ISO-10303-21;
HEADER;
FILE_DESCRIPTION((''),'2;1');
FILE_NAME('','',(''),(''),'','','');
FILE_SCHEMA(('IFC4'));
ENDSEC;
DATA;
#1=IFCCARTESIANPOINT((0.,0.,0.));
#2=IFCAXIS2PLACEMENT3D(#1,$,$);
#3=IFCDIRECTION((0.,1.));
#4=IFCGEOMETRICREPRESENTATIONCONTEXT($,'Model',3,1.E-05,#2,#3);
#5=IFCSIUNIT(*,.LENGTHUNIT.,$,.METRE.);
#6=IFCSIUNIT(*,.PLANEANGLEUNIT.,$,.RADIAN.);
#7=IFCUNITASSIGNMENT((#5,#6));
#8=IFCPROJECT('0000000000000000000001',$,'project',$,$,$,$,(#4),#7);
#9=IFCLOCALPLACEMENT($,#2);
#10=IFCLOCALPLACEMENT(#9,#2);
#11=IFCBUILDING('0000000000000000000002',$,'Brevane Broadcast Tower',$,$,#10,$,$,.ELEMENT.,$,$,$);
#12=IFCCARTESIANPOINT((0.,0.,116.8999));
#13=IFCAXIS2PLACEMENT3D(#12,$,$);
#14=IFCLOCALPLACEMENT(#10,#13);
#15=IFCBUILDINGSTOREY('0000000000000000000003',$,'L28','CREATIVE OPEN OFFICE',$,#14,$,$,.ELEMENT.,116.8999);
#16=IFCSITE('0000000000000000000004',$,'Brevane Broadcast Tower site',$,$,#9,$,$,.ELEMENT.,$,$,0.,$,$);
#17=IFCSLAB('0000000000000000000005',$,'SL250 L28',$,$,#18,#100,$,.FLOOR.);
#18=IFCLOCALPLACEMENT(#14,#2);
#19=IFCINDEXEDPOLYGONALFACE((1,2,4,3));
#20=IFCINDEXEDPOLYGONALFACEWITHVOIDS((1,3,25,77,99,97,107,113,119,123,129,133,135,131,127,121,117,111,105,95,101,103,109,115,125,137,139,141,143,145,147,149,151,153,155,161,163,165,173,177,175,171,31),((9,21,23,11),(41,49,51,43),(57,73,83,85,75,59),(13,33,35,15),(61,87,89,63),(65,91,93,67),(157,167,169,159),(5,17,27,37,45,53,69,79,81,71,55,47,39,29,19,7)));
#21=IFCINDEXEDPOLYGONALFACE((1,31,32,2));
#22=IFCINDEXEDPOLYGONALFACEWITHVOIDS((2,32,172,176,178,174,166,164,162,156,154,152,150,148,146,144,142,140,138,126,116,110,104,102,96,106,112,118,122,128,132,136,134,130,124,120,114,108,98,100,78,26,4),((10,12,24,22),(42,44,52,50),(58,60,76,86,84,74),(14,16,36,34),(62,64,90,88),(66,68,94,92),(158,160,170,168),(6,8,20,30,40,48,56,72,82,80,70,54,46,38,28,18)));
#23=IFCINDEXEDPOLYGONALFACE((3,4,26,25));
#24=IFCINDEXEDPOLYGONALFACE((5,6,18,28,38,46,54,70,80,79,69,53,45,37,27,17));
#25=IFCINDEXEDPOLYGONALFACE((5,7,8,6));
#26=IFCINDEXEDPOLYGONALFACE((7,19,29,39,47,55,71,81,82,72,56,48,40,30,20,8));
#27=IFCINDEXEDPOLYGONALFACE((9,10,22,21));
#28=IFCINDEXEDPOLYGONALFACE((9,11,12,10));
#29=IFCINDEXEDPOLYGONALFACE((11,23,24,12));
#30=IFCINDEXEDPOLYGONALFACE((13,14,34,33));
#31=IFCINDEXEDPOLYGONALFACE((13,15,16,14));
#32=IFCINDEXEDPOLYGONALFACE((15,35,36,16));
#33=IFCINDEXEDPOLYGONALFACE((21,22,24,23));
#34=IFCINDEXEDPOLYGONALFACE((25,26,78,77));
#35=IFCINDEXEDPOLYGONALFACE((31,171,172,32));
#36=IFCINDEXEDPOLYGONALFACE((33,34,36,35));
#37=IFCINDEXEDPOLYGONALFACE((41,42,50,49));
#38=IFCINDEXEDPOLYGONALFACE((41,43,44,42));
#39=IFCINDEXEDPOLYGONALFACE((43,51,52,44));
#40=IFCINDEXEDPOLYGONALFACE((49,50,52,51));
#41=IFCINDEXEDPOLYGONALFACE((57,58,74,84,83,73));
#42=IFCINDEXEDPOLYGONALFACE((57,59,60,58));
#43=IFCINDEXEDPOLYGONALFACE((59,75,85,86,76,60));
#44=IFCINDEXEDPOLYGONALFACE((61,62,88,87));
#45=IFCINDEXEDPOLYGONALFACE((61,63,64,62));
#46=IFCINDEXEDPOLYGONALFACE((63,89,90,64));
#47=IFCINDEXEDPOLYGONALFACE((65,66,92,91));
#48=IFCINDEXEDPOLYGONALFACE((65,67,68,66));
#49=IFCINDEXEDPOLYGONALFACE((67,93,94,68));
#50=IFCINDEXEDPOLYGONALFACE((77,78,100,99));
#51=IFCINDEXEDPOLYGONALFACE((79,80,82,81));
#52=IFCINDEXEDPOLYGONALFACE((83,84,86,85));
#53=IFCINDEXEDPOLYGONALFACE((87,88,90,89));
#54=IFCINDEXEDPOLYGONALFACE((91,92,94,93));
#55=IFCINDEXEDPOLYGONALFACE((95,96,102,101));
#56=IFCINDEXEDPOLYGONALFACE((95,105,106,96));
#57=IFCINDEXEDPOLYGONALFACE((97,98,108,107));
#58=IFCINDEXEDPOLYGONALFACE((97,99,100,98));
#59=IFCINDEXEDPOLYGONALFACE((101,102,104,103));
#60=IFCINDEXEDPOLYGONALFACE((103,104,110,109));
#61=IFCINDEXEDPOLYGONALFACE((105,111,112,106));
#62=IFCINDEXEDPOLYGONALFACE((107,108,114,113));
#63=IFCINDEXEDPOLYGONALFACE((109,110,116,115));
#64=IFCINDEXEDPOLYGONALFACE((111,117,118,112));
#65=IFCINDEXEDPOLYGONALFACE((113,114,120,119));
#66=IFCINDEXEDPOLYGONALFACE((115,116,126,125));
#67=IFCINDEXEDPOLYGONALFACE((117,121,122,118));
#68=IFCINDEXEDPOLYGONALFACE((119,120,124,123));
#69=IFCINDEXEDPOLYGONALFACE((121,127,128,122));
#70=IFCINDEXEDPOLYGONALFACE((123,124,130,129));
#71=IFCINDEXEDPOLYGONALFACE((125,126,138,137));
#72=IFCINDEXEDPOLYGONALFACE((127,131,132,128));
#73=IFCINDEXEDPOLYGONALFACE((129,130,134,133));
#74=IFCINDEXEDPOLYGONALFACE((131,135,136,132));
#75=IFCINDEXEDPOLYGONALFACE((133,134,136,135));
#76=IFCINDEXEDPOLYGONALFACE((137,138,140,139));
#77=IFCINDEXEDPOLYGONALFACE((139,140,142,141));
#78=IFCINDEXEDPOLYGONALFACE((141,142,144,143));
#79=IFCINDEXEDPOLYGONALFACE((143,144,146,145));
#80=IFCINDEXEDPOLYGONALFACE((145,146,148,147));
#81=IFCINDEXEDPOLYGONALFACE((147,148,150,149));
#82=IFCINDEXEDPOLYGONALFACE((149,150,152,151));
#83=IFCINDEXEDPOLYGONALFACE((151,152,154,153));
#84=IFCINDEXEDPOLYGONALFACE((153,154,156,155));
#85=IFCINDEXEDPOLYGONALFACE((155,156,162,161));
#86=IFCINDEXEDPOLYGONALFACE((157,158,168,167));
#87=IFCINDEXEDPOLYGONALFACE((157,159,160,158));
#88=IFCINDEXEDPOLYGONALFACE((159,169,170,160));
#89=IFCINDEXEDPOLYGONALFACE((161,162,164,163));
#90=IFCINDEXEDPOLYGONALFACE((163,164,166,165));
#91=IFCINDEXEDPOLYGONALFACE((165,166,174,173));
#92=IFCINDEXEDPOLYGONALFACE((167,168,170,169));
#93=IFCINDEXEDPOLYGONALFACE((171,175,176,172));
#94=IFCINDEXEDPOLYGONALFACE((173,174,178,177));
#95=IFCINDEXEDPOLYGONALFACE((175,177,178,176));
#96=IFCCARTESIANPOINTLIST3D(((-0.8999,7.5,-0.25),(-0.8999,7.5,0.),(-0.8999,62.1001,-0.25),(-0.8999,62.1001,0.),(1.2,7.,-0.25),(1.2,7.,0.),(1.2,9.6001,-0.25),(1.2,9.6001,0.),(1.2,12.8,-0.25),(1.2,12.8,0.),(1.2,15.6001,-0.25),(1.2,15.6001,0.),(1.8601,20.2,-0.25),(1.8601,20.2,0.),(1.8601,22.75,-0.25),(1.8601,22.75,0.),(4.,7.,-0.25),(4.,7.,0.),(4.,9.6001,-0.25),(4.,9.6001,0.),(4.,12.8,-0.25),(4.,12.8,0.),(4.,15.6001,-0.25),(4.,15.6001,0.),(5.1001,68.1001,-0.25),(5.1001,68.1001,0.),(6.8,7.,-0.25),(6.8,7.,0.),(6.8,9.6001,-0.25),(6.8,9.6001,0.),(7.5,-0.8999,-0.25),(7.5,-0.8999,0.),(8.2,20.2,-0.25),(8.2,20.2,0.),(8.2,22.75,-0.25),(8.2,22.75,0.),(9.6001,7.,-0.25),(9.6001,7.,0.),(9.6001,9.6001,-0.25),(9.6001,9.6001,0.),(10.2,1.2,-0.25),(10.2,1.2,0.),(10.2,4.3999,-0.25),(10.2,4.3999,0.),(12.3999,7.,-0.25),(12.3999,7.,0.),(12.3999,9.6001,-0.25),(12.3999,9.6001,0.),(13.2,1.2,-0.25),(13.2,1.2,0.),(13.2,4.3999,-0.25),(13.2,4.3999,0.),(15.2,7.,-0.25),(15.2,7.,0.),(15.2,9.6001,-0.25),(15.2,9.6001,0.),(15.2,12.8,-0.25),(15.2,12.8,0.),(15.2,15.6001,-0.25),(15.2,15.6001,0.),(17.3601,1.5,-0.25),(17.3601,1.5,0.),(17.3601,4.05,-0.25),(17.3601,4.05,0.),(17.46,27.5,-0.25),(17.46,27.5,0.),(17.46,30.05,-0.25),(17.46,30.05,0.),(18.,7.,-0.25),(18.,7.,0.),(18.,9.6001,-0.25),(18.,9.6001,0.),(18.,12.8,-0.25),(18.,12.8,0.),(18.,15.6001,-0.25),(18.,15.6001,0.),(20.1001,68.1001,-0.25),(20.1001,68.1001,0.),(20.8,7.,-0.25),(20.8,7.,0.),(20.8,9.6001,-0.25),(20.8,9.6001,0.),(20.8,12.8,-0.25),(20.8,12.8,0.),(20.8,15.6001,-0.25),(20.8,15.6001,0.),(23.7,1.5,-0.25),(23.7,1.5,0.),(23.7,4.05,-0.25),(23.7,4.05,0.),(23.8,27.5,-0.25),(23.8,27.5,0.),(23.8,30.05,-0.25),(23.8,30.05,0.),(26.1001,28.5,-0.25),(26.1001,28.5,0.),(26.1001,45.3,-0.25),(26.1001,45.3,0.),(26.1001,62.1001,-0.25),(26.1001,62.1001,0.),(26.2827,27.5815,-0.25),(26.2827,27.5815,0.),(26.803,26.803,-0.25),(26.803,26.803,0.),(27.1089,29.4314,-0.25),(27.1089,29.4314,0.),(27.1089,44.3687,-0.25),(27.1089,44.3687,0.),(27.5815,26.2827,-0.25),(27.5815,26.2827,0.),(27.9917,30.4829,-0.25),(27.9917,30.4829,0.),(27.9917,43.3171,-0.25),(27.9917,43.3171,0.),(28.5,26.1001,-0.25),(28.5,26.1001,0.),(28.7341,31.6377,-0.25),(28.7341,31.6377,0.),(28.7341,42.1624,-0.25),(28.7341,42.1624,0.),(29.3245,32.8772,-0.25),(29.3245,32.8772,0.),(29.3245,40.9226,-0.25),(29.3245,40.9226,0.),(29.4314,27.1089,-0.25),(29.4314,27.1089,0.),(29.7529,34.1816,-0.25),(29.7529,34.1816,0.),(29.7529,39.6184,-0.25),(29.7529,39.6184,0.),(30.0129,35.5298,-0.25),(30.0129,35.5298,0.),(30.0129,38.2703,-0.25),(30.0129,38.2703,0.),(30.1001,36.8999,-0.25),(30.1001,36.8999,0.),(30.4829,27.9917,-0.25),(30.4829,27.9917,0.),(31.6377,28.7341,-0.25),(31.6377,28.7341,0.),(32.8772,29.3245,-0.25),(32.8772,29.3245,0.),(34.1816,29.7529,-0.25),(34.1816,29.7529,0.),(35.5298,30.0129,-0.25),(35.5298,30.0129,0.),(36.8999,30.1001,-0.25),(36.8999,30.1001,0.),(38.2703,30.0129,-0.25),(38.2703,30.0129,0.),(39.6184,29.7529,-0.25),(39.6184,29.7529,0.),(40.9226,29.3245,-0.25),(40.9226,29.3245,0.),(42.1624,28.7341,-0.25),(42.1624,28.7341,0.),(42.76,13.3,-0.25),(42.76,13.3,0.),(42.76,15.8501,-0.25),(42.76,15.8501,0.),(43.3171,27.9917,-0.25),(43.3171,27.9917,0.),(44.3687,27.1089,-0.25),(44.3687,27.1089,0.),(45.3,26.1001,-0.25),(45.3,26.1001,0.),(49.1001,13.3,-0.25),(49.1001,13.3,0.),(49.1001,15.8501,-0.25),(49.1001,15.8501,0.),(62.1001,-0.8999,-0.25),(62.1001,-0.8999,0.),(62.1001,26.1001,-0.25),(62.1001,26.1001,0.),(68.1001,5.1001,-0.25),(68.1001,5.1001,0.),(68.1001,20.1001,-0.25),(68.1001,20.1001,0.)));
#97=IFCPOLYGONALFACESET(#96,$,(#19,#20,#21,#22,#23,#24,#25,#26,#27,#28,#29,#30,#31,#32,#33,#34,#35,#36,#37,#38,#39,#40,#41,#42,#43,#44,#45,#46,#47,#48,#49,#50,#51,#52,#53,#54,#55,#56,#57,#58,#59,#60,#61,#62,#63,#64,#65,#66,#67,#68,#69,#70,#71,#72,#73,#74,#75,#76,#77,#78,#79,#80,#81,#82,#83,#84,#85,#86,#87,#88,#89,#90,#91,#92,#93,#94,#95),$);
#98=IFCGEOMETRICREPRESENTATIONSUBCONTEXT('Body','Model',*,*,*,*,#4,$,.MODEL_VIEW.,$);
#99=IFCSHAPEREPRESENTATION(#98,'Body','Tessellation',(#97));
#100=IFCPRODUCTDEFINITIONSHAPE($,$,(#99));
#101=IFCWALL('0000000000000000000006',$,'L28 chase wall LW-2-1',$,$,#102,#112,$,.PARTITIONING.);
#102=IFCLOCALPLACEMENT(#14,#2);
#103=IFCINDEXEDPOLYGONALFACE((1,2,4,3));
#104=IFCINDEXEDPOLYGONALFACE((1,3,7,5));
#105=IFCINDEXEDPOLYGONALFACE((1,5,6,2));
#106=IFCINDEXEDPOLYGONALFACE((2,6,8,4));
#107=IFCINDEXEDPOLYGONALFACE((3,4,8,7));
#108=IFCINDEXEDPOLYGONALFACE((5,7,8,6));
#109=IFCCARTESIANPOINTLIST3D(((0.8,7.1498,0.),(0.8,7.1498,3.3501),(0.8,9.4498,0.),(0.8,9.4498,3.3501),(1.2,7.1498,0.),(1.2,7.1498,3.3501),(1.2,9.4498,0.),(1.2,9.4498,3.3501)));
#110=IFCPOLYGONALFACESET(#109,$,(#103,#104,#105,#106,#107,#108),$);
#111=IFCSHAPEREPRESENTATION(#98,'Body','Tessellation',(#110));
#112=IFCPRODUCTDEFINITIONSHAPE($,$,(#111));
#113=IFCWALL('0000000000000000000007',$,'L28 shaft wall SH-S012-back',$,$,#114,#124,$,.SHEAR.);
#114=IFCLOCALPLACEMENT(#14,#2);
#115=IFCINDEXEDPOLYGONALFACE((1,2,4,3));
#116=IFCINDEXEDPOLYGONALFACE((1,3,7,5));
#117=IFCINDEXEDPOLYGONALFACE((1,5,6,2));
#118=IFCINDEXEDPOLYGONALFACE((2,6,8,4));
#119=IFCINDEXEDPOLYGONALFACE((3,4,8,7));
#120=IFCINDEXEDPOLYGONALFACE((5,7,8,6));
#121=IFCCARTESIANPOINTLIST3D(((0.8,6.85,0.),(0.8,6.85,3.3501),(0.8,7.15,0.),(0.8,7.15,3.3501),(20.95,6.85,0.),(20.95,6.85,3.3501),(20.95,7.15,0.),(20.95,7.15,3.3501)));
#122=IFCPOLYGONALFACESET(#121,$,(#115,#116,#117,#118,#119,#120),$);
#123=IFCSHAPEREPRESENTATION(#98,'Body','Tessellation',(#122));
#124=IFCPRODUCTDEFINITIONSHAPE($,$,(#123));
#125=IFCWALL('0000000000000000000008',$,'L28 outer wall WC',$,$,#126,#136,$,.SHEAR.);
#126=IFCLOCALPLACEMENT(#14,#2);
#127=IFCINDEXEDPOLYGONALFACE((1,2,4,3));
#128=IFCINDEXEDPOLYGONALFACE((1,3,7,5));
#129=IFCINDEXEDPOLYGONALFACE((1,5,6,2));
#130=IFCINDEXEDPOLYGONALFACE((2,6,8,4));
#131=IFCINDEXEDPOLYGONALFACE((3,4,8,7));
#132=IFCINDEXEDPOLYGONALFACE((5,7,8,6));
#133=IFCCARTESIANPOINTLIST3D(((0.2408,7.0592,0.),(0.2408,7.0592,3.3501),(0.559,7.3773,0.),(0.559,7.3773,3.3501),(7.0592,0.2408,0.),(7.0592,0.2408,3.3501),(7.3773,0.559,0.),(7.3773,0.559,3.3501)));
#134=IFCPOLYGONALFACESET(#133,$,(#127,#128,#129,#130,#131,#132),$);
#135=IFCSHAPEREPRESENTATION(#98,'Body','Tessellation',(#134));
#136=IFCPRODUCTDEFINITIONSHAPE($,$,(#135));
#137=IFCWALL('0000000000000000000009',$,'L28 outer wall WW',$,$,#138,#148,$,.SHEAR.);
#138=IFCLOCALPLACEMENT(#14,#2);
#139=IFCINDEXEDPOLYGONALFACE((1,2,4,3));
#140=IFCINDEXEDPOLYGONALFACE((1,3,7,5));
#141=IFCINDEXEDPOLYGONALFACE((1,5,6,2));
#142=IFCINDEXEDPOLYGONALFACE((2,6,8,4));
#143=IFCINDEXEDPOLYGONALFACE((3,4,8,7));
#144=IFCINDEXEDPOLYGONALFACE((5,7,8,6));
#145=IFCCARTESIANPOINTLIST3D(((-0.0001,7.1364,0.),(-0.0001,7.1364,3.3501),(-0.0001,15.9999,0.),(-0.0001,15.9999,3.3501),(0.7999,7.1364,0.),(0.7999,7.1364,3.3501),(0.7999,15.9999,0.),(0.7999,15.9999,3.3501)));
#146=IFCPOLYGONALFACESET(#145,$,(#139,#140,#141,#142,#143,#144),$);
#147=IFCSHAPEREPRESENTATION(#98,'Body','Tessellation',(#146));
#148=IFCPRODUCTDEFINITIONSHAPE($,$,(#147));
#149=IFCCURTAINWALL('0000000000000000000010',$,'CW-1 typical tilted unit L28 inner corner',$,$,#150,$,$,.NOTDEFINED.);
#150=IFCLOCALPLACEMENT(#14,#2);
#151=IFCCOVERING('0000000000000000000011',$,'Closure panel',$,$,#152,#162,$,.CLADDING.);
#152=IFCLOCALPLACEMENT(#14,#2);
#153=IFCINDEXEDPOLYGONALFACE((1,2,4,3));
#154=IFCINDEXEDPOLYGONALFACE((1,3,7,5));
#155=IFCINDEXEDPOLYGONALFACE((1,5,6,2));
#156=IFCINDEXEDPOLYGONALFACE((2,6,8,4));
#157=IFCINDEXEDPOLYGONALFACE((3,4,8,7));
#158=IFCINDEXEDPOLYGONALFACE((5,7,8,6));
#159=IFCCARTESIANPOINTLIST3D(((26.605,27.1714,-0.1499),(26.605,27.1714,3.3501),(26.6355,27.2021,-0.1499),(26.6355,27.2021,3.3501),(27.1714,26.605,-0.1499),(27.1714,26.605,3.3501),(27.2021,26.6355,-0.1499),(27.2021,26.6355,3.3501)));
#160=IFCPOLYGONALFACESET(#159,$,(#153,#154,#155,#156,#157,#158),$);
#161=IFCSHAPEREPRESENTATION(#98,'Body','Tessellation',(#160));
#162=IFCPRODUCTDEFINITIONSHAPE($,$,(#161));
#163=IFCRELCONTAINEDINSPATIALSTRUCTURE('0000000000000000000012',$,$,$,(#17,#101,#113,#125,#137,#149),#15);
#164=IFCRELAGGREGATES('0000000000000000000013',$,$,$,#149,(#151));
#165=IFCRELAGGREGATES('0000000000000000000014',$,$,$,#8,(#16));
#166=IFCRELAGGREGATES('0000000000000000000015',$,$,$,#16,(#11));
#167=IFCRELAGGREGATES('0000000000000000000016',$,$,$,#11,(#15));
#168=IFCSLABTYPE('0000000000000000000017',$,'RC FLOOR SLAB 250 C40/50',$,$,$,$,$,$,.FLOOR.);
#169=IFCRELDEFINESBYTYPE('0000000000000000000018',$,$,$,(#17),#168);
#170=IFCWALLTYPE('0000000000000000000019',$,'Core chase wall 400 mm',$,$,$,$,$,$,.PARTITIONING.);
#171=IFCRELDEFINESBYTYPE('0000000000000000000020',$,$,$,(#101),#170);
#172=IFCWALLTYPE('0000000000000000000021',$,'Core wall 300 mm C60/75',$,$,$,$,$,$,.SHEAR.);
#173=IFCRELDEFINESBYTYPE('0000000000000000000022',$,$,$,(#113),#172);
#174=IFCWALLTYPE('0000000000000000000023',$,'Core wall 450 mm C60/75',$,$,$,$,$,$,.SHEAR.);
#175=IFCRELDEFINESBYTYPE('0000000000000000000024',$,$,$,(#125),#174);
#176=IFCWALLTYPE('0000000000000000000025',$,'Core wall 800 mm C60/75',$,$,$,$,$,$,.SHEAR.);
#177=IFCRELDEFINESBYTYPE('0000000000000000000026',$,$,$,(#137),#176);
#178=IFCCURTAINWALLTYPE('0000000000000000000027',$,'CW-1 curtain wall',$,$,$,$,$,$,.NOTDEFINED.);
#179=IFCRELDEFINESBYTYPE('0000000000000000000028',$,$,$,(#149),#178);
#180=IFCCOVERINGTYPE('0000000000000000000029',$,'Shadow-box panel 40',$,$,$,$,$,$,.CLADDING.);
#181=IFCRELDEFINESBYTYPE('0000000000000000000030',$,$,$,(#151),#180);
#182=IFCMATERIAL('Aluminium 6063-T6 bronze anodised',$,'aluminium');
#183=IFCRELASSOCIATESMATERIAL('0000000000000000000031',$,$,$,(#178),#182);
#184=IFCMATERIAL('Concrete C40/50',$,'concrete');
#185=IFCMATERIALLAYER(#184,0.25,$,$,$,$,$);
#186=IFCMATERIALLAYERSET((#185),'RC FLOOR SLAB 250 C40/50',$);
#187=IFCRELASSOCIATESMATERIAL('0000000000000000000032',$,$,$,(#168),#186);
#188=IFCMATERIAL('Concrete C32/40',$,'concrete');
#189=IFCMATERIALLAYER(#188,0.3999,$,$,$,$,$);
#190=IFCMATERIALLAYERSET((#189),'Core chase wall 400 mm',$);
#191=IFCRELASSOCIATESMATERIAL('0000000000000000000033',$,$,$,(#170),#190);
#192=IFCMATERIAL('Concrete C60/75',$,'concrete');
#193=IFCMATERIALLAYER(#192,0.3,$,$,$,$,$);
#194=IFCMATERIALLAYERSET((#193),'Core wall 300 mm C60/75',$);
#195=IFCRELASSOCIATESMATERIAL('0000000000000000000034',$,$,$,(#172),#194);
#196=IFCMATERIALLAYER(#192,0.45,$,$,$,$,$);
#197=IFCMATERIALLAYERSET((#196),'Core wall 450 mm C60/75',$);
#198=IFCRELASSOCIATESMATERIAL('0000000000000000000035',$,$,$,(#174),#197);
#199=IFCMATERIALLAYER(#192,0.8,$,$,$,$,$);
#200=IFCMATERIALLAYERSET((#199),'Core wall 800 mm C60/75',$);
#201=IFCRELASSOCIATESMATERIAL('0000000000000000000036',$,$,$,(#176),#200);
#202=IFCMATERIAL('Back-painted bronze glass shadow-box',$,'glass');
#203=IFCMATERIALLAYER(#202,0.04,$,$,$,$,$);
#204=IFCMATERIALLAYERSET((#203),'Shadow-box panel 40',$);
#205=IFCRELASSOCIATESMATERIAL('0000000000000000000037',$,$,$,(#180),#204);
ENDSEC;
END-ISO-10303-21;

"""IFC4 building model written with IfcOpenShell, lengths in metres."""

from ifc_helpers import new_model, si_unit, direction, frame, frame_2d, origin, place, context, subcontext, project, spatial, polyline, rectangle, outline, extrude, material, layer, layer_set, type_object, element, aggregate, save


model = new_model("IFC4")

# Units and contexts
model_context = context("Model", 3, precision=1e-05, world=origin(), true_north=direction((0.0, 1.0)))
body_context = subcontext(model_context, "Body", "Model", "MODEL_VIEW")
ifc_project = project(units=[si_unit("LENGTHUNIT", "METRE"), si_unit("PLANEANGLEUNIT", "RADIAN")], contexts=[model_context])

# Site, building, storey
site_placement = place(None, origin())
site = spatial("IfcSite", under=ifc_project, at=site_placement, Name="Brevane Broadcast Tower site", CompositionType="ELEMENT", RefElevation=0.0)
building_placement = place(site_placement, origin())
building = spatial("IfcBuilding", under=site, at=building_placement, Name="Brevane Broadcast Tower", CompositionType="ELEMENT")
storey_placement = place(building_placement, frame((0.0, 0.0, 116.8999)))
storey = spatial("IfcBuildingStorey", under=building, at=storey_placement, Name="L28", Description="CREATIVE OPEN OFFICE", CompositionType="ELEMENT", Elevation=116.8999)

# Shared definitions
ifc_material_1 = material(Name="Aluminium 6063-T6 bronze anodised", Category="aluminium")
curtain_wall_type = type_object("IfcCurtainWallType", Name="CW-1 curtain wall", PredefinedType="NOTDEFINED", material=ifc_material_1)

# Slab
ifc_material_2 = material(Name="Concrete C40/50", Category="concrete")
ifc_layer_1 = layer(ifc_material_2, 0.25)
ifc_layer_set_1 = layer_set([ifc_layer_1], Name="RC FLOOR SLAB 250 C40/50")
slab_type_1 = type_object("IfcSlabType", Name="RC FLOOR SLAB 250 C40/50", PredefinedType="FLOOR", material=ifc_layer_set_1)
slab_1_placement = place(storey_placement, frame((0.0, 0.0, -0.25)))
element("IfcSlab", 1, at=slab_1_placement, inside=storey, type_object=slab_type_1, Name="SL250 L28", PredefinedType="FLOOR", context=body_context, shape_type="SweptSolid", body=[
    extrude(outline(polyline([(-0.8999, 7.5), (-0.8999, 62.1001), (5.1001, 68.1001), (20.1001, 68.1001), (26.1001, 62.1001), (26.1001, 45.3), (27.1089, 44.3687), (27.9917, 43.3171), (28.7341, 42.1624), (29.3245, 40.9226), (29.7529, 39.6184), (30.0129, 38.2703), (30.1001, 36.8999), (30.0129, 35.5298), (29.7529, 34.1816), (29.3245, 32.8772), (28.7341, 31.6377), (27.9917, 30.4829), (27.1089, 29.4314), (26.1001, 28.5), (26.2827, 27.5815), (26.803, 26.803), (27.5815, 26.2827), (28.5, 26.1001), (29.4314, 27.1089), (30.4829, 27.9917), (31.6377, 28.7341), (32.8772, 29.3245), (34.1816, 29.7529), (35.5298, 30.0129), (36.8999, 30.1001), (38.2703, 30.0129), (39.6184, 29.7529), (40.9226, 29.3245), (42.1624, 28.7341), (43.3171, 27.9917), (44.3687, 27.1089), (45.3, 26.1001), (62.1001, 26.1001), (68.1001, 20.1001), (68.1001, 5.1001), (62.1001, -0.8999), (7.5, -0.8999), (-0.8999, 7.5)]), holes=[polyline([(13.2, 4.3999), (10.2, 4.3999), (10.2, 1.2), (13.2, 1.2), (13.2, 4.3999)]), polyline([(4.0, 9.6001), (1.2, 9.6001), (1.2, 7.0), (4.0, 7.0), (6.8, 7.0), (9.6001, 7.0), (12.3999, 7.0), (15.2, 7.0), (18.0, 7.0), (20.8, 7.0), (20.8, 9.6001), (18.0, 9.6001), (15.2, 9.6001), (12.3999, 9.6001), (9.6001, 9.6001), (6.8, 9.6001), (4.0, 9.6001)]), polyline([(4.0, 12.8), (4.0, 15.6001), (1.2, 15.6001), (1.2, 12.8), (4.0, 12.8)]), polyline([(8.2, 22.75), (1.8601, 22.75), (1.8601, 20.2), (8.2, 20.2), (8.2, 22.75)]), polyline([(23.7, 4.05), (17.3601, 4.05), (17.3601, 1.5), (23.7, 1.5), (23.7, 4.05)]), polyline([(18.0, 15.6001), (15.2, 15.6001), (15.2, 12.8), (18.0, 12.8), (20.8, 12.8), (20.8, 15.6001), (18.0, 15.6001)]), polyline([(49.1001, 15.8501), (42.76, 15.8501), (42.76, 13.3), (49.1001, 13.3), (49.1001, 15.8501)]), polyline([(23.8, 30.05), (17.46, 30.05), (17.46, 27.5), (23.8, 27.5), (23.8, 30.05)])]), origin(), (0.0, 0.0, 1.0), 0.25),
])

# Walls
ifc_material_3 = material(Name="Concrete C32/40", Category="concrete")
ifc_layer_2 = layer(ifc_material_3, 0.3999)
ifc_layer_set_2 = layer_set([ifc_layer_2], Name="Core chase wall 400 mm")
wall_type_1 = type_object("IfcWallType", Name="Core chase wall 400 mm", PredefinedType="PARTITIONING", material=ifc_layer_set_2)
wall_1_placement = place(storey_placement, frame((1.0, 7.1499, 0.0), z_axis=(0.0, 0.0, 1.0), x_axis=(0.0, 1.0, 0.0)))
element("IfcWall", 2, at=wall_1_placement, inside=storey, type_object=wall_type_1, Name="L28 chase wall LW-2-1", PredefinedType="PARTITIONING", context=body_context, shape_type="SweptSolid", body=[
    extrude(rectangle(XDim=2.3, YDim=0.3999, at=frame_2d((1.1499, 0.0))), origin(), (0.0, 0.0, 1.0), 3.3501),
])
ifc_material_4 = material(Name="Concrete C60/75", Category="concrete")
ifc_layer_3 = layer(ifc_material_4, 0.3)
ifc_layer_set_3 = layer_set([ifc_layer_3], Name="Core wall 300 mm C60/75")
wall_type_2 = type_object("IfcWallType", Name="Core wall 300 mm C60/75", PredefinedType="SHEAR", material=ifc_layer_set_3)
wall_2_placement = place(storey_placement, frame((0.8, 7.0, 0.0), z_axis=(0.0, 0.0, 1.0), x_axis=(1.0, 0.0, 0.0)))
element("IfcWall", 3, at=wall_2_placement, inside=storey, type_object=wall_type_2, Name="L28 shaft wall SH-S012-back", PredefinedType="SHEAR", context=body_context, shape_type="SweptSolid", body=[
    extrude(rectangle(XDim=20.1499, YDim=0.3, at=frame_2d((10.075, 0.0))), origin(), (0.0, 0.0, 1.0), 3.3501),
])
ifc_layer_4 = layer(ifc_material_4, 0.45)
ifc_layer_set_4 = layer_set([ifc_layer_4], Name="Core wall 450 mm C60/75")
wall_type_3 = type_object("IfcWallType", Name="Core wall 450 mm C60/75", PredefinedType="SHEAR", material=ifc_layer_set_4)
wall_3_placement = place(storey_placement, frame((0.3999, 7.2183, 0.0), z_axis=(0.0, 0.0, 1.0), x_axis=(0.707107, -0.707107, 0.0)))
element("IfcWall", 4, at=wall_3_placement, inside=storey, type_object=wall_type_3, Name="L28 outer wall WC", PredefinedType="SHEAR", context=body_context, shape_type="SweptSolid", body=[
    extrude(rectangle(XDim=9.6426, YDim=0.45, at=frame_2d((4.8213, 0.0))), origin(), (0.0, 0.0, 1.0), 3.3501),
])
ifc_layer_5 = layer(ifc_material_4, 0.8)
ifc_layer_set_5 = layer_set([ifc_layer_5], Name="Core wall 800 mm C60/75")
wall_type_4 = type_object("IfcWallType", Name="Core wall 800 mm C60/75", PredefinedType="SHEAR", material=ifc_layer_set_5)
wall_4_placement = place(storey_placement, frame((0.3999, 7.1365, 0.0), z_axis=(0.0, 0.0, 1.0), x_axis=(0.0, 1.0, 0.0)))
element("IfcWall", 5, at=wall_4_placement, inside=storey, type_object=wall_type_4, Name="L28 outer wall WW", PredefinedType="SHEAR", context=body_context, shape_type="SweptSolid", body=[
    extrude(rectangle(XDim=8.8635, YDim=0.8, at=frame_2d((4.4316, 0.0))), origin(), (0.0, 0.0, 1.0), 3.3501),
])

# Curtain wall, covering
curtain_wall_1_placement = place(storey_placement, origin())
curtain_wall_1 = element("IfcCurtainWall", 6, at=curtain_wall_1_placement, inside=storey, type_object=curtain_wall_type, Name="CW-1 typical tilted unit L28 inner corner", PredefinedType="NOTDEFINED")
ifc_material_5 = material(Name="Back-painted bronze glass shadow-box", Category="glass")
ifc_layer_6 = layer(ifc_material_5, 0.04)
ifc_layer_set_6 = layer_set([ifc_layer_6], Name="Shadow-box panel 40")
covering_type = type_object("IfcCoveringType", Name="Shadow-box panel 40", PredefinedType="CLADDING", material=ifc_layer_set_6)
covering_placement = place(storey_placement, frame((0.0, 0.0, -0.1499)))
covering = element("IfcCovering", 7, at=covering_placement, type_object=covering_type, Name="Closure panel", PredefinedType="CLADDING", context=body_context, shape_type="SweptSolid", body=[
    extrude(outline(polyline([(27.1714, 26.605), (27.2021, 26.6355), (26.6355, 27.2021), (26.605, 27.1714), (27.1714, 26.605)])), origin(), (0.0, 0.0, 1.0), 3.5),
])
aggregate(curtain_wall_1, [covering])

save(model, "model.ifc")
